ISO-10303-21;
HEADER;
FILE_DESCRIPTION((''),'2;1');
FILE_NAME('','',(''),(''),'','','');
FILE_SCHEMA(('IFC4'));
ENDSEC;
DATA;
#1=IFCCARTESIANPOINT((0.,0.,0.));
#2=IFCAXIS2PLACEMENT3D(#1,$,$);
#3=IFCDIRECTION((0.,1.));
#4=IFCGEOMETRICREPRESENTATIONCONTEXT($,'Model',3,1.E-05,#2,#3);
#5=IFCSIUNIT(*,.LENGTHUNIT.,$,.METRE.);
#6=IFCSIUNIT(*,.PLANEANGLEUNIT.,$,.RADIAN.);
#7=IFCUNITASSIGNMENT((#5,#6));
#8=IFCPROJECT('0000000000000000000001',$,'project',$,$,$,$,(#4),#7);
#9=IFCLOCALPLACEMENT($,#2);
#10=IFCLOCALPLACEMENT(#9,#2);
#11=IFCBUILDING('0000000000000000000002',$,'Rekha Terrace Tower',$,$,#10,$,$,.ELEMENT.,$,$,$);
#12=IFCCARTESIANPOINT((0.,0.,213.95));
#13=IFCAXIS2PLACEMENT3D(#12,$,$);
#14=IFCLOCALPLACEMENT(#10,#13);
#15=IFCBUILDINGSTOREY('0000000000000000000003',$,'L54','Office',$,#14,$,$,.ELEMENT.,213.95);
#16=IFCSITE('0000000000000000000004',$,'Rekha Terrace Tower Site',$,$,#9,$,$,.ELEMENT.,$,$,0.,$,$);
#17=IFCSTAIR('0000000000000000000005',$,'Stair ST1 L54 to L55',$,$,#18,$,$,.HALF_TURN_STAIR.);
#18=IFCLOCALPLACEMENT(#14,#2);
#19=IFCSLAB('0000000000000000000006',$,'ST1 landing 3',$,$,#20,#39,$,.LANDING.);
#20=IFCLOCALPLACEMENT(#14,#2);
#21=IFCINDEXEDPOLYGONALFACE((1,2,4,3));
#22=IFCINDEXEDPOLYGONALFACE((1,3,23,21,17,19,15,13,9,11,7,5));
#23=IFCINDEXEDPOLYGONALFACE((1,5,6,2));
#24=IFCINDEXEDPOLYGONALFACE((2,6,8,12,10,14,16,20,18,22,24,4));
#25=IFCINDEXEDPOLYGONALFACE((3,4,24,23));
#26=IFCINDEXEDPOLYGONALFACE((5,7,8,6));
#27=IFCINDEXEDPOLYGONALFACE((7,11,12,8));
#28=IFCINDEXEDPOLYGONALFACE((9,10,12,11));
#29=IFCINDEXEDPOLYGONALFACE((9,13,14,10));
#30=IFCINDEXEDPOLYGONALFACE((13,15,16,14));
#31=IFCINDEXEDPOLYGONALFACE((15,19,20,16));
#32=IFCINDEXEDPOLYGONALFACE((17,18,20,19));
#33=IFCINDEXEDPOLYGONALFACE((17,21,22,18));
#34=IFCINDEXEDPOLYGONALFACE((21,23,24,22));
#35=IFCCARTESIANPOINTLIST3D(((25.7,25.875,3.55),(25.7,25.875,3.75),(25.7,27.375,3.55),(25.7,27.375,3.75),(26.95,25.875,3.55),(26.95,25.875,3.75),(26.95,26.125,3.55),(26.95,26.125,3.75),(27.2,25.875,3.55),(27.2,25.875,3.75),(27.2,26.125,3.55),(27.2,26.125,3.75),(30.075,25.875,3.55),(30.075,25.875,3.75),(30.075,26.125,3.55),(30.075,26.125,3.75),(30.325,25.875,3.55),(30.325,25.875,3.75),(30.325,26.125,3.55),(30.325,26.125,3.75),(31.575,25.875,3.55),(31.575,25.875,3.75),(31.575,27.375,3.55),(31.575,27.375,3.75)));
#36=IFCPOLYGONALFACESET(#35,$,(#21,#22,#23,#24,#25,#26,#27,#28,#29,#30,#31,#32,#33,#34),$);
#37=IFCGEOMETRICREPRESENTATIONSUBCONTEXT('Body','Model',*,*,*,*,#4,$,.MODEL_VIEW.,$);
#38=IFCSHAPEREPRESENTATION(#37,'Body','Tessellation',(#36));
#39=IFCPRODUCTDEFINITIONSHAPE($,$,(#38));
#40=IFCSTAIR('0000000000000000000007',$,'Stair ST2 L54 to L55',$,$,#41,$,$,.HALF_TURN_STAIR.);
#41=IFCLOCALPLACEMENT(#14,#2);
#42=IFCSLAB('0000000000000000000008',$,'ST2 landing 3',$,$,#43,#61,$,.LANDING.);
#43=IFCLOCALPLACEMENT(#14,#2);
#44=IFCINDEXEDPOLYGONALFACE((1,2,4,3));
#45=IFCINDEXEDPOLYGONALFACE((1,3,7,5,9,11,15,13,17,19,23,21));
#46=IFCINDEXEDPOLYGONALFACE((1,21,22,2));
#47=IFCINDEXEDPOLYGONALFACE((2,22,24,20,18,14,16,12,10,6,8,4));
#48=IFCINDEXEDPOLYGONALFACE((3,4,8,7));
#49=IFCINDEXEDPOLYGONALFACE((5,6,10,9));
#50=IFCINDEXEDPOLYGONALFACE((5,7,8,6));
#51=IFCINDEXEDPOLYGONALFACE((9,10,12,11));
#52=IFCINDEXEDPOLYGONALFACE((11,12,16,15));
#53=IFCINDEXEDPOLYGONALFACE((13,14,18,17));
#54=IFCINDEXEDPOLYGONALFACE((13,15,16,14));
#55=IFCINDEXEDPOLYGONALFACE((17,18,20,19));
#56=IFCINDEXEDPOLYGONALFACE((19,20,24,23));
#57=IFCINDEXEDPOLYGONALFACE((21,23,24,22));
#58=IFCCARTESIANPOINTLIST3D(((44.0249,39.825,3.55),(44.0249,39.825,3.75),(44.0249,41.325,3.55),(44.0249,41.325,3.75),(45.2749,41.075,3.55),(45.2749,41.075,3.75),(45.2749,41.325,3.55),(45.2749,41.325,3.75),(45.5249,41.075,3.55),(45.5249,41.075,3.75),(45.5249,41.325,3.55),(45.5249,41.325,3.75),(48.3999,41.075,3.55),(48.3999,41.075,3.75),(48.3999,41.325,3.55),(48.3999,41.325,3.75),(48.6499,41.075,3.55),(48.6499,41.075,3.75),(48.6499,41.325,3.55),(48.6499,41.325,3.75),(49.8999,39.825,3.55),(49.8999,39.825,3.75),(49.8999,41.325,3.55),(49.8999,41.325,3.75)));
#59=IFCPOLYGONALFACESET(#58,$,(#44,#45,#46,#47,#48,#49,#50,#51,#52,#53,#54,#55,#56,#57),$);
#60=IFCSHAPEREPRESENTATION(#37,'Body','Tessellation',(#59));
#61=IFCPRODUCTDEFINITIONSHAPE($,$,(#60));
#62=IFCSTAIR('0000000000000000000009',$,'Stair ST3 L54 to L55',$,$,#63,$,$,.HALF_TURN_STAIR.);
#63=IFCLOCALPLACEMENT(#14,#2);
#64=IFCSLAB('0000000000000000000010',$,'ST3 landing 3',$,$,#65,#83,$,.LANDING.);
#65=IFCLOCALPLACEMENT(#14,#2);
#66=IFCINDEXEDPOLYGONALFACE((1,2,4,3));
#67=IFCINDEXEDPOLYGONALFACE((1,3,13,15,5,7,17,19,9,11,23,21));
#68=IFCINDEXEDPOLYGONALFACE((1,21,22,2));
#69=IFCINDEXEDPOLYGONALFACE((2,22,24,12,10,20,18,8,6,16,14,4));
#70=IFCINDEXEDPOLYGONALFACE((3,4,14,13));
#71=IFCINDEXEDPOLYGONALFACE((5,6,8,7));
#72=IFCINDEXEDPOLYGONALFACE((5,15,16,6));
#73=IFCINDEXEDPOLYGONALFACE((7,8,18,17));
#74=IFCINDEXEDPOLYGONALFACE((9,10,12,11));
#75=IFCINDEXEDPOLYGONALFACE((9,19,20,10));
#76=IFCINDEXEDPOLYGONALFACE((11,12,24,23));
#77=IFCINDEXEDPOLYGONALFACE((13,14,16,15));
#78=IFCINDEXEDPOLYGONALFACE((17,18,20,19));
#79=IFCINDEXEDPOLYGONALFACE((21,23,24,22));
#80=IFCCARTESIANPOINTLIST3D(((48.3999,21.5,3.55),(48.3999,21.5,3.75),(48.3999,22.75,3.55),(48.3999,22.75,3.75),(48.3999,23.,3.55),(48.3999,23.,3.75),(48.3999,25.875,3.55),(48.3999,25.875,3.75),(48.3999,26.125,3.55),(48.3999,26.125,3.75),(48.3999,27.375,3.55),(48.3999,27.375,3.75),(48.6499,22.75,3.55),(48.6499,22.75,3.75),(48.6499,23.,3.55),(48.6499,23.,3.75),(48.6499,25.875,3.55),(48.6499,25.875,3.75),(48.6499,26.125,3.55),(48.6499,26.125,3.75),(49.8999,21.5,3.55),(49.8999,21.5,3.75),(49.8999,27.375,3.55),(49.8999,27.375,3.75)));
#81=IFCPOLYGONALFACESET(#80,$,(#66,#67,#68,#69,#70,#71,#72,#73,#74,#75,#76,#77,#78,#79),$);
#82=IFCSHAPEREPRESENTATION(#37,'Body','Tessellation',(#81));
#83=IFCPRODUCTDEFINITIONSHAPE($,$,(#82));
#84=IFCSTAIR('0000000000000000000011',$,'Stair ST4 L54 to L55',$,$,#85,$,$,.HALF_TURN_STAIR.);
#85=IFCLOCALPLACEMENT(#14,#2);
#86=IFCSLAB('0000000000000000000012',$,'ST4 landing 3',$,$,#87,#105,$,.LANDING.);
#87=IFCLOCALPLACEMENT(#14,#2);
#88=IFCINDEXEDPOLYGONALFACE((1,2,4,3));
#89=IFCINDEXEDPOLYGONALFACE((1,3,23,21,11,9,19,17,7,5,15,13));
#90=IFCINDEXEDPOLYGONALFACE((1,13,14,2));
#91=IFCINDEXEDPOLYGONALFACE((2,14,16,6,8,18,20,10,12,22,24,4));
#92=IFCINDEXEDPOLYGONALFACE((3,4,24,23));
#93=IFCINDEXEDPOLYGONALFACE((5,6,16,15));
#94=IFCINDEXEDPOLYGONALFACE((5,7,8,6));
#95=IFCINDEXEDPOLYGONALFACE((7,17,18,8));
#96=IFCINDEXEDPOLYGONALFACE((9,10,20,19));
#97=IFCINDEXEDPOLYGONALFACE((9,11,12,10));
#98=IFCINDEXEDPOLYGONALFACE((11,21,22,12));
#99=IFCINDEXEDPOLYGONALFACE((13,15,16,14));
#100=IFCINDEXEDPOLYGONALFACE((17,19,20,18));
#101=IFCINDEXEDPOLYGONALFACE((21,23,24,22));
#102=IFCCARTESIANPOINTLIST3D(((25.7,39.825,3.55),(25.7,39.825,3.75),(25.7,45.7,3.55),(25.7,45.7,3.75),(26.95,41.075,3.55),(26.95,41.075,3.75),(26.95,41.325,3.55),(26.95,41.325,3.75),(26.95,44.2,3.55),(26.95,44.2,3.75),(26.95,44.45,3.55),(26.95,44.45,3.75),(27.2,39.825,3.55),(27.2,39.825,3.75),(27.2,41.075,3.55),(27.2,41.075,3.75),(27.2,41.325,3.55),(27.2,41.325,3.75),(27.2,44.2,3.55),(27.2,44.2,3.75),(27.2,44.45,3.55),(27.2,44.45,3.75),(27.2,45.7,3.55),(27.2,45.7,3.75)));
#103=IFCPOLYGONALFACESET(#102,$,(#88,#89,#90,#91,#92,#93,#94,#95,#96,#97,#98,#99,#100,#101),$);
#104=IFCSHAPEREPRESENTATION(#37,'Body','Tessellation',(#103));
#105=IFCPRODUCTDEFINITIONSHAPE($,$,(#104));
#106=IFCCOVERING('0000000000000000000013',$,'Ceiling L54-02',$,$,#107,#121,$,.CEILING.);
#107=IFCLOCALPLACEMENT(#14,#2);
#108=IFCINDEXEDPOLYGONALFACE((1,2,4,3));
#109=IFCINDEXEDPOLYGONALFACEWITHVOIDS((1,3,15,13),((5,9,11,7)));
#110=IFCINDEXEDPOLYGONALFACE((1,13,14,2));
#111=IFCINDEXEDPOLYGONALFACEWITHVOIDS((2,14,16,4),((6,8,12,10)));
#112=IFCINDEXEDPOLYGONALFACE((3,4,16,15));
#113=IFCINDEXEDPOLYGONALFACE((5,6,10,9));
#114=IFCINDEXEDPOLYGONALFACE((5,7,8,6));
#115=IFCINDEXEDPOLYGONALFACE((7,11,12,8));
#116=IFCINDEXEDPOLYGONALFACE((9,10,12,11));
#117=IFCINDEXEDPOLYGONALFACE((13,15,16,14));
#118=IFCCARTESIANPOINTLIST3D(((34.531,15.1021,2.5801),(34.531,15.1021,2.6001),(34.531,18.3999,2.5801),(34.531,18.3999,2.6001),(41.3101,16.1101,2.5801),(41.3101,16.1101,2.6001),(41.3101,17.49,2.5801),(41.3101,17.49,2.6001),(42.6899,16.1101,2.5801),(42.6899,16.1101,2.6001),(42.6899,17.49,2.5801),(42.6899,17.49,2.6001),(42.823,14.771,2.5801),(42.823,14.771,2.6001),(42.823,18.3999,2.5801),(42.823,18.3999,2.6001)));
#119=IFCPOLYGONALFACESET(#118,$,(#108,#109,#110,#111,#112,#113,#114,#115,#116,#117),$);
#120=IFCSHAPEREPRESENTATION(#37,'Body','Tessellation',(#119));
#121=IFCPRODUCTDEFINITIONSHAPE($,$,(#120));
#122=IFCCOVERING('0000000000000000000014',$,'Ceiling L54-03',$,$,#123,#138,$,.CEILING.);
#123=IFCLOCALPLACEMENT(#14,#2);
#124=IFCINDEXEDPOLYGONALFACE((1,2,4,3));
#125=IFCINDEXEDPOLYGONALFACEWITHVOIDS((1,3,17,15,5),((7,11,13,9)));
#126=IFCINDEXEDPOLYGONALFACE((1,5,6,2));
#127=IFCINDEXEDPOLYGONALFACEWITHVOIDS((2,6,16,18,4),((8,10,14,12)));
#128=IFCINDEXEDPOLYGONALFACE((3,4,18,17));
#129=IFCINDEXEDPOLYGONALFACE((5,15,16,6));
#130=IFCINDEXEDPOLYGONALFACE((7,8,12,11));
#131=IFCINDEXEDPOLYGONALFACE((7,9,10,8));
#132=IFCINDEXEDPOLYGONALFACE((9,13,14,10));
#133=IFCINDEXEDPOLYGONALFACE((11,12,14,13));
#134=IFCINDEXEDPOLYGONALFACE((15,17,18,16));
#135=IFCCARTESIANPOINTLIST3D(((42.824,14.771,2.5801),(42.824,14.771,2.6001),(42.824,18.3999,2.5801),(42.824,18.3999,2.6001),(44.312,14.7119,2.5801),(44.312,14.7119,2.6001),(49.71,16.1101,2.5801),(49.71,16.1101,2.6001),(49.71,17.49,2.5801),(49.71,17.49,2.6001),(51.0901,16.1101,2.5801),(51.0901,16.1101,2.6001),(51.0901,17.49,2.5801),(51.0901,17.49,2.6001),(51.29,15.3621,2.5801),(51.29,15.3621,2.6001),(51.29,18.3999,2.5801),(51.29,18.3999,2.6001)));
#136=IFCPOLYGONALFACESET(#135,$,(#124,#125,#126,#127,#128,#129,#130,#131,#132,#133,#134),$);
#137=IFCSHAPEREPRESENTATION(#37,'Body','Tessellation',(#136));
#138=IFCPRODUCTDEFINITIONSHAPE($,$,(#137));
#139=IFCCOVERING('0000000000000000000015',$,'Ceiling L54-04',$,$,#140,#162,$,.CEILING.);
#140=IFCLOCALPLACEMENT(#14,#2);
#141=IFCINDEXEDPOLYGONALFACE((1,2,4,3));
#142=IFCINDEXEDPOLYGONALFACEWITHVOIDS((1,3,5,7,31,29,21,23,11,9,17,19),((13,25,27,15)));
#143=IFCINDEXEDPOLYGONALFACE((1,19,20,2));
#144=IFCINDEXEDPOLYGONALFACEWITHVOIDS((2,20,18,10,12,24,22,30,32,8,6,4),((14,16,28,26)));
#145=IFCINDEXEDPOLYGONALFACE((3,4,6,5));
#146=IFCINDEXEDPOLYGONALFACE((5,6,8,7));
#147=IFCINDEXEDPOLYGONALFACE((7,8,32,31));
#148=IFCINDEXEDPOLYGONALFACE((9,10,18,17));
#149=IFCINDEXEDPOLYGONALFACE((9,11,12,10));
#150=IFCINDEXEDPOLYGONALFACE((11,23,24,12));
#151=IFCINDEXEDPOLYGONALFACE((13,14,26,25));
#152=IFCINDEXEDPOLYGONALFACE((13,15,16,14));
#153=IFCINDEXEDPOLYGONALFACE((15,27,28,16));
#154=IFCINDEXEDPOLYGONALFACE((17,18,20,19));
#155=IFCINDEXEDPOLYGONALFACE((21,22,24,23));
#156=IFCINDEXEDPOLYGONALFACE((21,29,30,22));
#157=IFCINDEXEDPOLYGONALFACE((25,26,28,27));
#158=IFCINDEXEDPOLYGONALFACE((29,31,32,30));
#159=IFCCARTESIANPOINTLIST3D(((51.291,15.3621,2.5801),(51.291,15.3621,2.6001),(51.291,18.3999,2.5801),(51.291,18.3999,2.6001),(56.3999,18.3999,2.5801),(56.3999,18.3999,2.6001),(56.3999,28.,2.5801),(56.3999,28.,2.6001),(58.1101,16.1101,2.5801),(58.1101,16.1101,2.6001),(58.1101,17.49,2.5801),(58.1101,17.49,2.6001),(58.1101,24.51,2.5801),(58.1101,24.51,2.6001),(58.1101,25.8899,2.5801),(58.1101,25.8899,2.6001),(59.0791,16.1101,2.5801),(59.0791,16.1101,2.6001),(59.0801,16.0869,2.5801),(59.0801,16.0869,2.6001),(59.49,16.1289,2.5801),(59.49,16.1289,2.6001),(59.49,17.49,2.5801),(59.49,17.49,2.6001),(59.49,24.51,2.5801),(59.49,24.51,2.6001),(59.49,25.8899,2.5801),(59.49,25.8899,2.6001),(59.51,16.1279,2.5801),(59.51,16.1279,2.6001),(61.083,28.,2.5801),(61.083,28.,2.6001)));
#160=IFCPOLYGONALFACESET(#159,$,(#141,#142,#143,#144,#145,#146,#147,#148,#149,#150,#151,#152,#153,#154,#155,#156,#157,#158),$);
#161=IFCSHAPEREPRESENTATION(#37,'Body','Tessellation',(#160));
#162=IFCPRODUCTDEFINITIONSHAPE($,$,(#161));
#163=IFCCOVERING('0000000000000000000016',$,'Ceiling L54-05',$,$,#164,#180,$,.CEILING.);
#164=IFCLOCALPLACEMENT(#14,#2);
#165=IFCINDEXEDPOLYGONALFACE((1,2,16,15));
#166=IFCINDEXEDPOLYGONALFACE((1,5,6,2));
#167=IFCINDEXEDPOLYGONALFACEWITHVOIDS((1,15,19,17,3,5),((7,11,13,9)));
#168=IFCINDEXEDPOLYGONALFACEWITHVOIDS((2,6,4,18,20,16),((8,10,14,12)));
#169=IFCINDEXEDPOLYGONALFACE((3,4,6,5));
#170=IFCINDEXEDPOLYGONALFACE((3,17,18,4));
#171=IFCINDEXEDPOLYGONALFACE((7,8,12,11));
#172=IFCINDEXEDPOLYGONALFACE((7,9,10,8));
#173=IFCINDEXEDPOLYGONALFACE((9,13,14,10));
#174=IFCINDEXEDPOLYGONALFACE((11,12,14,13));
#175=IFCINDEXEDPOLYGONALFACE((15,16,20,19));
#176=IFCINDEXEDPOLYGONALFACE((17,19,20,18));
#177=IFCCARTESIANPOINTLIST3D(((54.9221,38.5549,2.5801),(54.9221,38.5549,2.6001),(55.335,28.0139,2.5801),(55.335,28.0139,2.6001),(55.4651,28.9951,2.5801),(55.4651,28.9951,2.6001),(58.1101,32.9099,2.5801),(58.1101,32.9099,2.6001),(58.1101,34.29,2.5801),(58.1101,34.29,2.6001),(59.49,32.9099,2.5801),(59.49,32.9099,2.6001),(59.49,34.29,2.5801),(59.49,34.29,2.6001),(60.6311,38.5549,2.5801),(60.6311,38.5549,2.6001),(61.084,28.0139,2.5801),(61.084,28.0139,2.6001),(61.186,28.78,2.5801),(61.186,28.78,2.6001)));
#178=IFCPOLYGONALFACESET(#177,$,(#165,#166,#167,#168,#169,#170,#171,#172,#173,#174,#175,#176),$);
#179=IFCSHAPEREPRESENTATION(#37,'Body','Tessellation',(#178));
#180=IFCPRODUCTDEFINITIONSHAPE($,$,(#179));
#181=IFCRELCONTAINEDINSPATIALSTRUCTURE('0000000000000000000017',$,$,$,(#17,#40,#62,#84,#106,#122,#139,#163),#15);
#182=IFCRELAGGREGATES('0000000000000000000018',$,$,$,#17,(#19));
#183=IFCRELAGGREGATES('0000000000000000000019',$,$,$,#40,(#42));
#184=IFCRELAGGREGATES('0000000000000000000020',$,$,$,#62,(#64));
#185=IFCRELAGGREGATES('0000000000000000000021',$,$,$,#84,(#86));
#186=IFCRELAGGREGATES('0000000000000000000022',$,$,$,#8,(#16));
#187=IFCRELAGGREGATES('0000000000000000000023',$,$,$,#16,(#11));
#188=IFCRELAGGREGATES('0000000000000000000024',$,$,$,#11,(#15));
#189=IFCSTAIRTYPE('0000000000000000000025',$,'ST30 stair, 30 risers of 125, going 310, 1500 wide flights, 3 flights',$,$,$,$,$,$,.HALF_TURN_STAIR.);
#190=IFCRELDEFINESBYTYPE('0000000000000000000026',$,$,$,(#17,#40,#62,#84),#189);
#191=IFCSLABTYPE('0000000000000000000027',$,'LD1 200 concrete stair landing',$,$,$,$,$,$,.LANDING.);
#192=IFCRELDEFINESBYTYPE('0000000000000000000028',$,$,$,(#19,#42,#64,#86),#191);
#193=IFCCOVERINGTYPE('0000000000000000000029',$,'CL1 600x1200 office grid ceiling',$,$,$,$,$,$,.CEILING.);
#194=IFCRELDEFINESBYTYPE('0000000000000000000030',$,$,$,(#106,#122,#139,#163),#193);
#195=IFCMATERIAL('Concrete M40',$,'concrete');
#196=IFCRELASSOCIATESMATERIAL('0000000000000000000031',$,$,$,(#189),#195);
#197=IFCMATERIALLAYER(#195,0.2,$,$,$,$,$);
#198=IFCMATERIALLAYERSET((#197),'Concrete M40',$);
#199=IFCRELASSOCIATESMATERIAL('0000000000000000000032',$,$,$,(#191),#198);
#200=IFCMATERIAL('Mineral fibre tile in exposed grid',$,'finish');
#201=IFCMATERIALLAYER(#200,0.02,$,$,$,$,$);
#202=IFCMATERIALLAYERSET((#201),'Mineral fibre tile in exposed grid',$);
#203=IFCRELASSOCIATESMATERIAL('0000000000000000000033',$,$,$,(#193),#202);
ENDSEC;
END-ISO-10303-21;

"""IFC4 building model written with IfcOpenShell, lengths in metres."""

from ifc_helpers import new_model, si_unit, direction, frame, origin, place, context, subcontext, project, spatial, polyline, outline, extrude, material, layer, layer_set, type_object, element, aggregate, save


model = new_model("IFC4")

# Units and contexts
model_context = context("Model", 3, precision=1e-05, world=origin(), true_north=direction((0.0, 1.0)))
body_context = subcontext(model_context, "Body", "Model", "MODEL_VIEW")
ifc_project = project(units=[si_unit("LENGTHUNIT", "METRE"), si_unit("PLANEANGLEUNIT", "RADIAN")], contexts=[model_context])

# Site, building, storey
site_placement = place(None, origin())
site = spatial("IfcSite", under=ifc_project, at=site_placement, Name="Rekha Terrace Tower Site", CompositionType="ELEMENT", RefElevation=0.0)
building_placement = place(site_placement, origin())
building = spatial("IfcBuilding", under=site, at=building_placement, Name="Rekha Terrace Tower", CompositionType="ELEMENT")
storey_placement = place(building_placement, frame((0.0, 0.0, 213.95)))
storey = spatial("IfcBuildingStorey", under=building, at=storey_placement, Name="L54", Description="Office", CompositionType="ELEMENT", Elevation=213.95)

# Stairs, slabs
ifc_material_1 = material(Name="Concrete M40", Category="concrete")
stair_type = type_object("IfcStairType", Name="ST30 stair, 30 risers of 125, going 310, 1500 wide flights, 3 flights", PredefinedType="HALF_TURN_STAIR", material=ifc_material_1)
stair_1_placement = place(storey_placement, origin())
stair_1 = element("IfcStair", 1, at=stair_1_placement, inside=storey, type_object=stair_type, Name="Stair ST1 L54 to L55", PredefinedType="HALF_TURN_STAIR")
ifc_layer_1 = layer(ifc_material_1, 0.2)
ifc_layer_set_1 = layer_set([ifc_layer_1], Name="Concrete M40")
slab_type = type_object("IfcSlabType", Name="LD1 200 concrete stair landing", PredefinedType="LANDING", material=ifc_layer_set_1)
slab_1_placement = place(storey_placement, frame((0.0, 0.0, 3.55)))
slab_1 = element("IfcSlab", 2, at=slab_1_placement, type_object=slab_type, Name="ST1 landing 3", PredefinedType="LANDING", context=body_context, shape_type="SweptSolid", body=[
    extrude(outline(polyline([(31.575, 25.875), (31.575, 27.375), (25.7, 27.375), (25.7, 25.875), (26.95, 25.875), (26.95, 26.125), (27.2, 26.125), (27.2, 25.875), (30.075, 25.875), (30.075, 26.125), (30.325, 26.125), (30.325, 25.875), (31.575, 25.875)])), origin(), (0.0, 0.0, 1.0), 0.2),
])
aggregate(stair_1, [slab_1])
stair_2_placement = place(storey_placement, origin())
stair_2 = element("IfcStair", 3, at=stair_2_placement, inside=storey, type_object=stair_type, Name="Stair ST2 L54 to L55", PredefinedType="HALF_TURN_STAIR")
slab_2_placement = place(storey_placement, frame((0.0, 0.0, 3.55)))
slab_2 = element("IfcSlab", 4, at=slab_2_placement, type_object=slab_type, Name="ST2 landing 3", PredefinedType="LANDING", context=body_context, shape_type="SweptSolid", body=[
    extrude(outline(polyline([(44.0249, 41.325), (44.0249, 39.825), (49.8999, 39.825), (49.8999, 41.325), (48.6499, 41.325), (48.6499, 41.075), (48.3999, 41.075), (48.3999, 41.325), (45.5249, 41.325), (45.5249, 41.075), (45.2749, 41.075), (45.2749, 41.325), (44.0249, 41.325)])), origin(), (0.0, 0.0, 1.0), 0.2),
])
aggregate(stair_2, [slab_2])
stair_3_placement = place(storey_placement, origin())
stair_3 = element("IfcStair", 5, at=stair_3_placement, inside=storey, type_object=stair_type, Name="Stair ST3 L54 to L55", PredefinedType="HALF_TURN_STAIR")
slab_3_placement = place(storey_placement, frame((0.0, 0.0, 3.55)))
slab_3 = element("IfcSlab", 6, at=slab_3_placement, type_object=slab_type, Name="ST3 landing 3", PredefinedType="LANDING", context=body_context, shape_type="SweptSolid", body=[
    extrude(outline(polyline([(48.3999, 21.5), (49.8999, 21.5), (49.8999, 27.375), (48.3999, 27.375), (48.3999, 26.125), (48.6499, 26.125), (48.6499, 25.875), (48.3999, 25.875), (48.3999, 23.0), (48.6499, 23.0), (48.6499, 22.75), (48.3999, 22.75), (48.3999, 21.5)])), origin(), (0.0, 0.0, 1.0), 0.2),
])
aggregate(stair_3, [slab_3])
stair_4_placement = place(storey_placement, origin())
stair_4 = element("IfcStair", 7, at=stair_4_placement, inside=storey, type_object=stair_type, Name="Stair ST4 L54 to L55", PredefinedType="HALF_TURN_STAIR")
slab_4_placement = place(storey_placement, frame((0.0, 0.0, 3.55)))
slab_4 = element("IfcSlab", 8, at=slab_4_placement, type_object=slab_type, Name="ST4 landing 3", PredefinedType="LANDING", context=body_context, shape_type="SweptSolid", body=[
    extrude(outline(polyline([(27.2, 39.825), (25.7, 39.825), (25.7, 45.7), (27.2, 45.7), (27.2, 44.45), (26.95, 44.45), (26.95, 44.2), (27.2, 44.2), (27.2, 41.325), (26.95, 41.325), (26.95, 41.075), (27.2, 41.075), (27.2, 39.825)])), origin(), (0.0, 0.0, 1.0), 0.2),
])
aggregate(stair_4, [slab_4])

# Coverings
ifc_material_2 = material(Name="Mineral fibre tile in exposed grid", Category="finish")
ifc_layer_2 = layer(ifc_material_2, 0.02)
ifc_layer_set_2 = layer_set([ifc_layer_2], Name="Mineral fibre tile in exposed grid")
covering_type_1 = type_object("IfcCoveringType", Name="CL1 600x1200 office grid ceiling", PredefinedType="CEILING", material=ifc_layer_set_2)
covering_1_placement = place(storey_placement, frame((0.0, 0.0, 2.5801)))
element("IfcCovering", 9, at=covering_1_placement, inside=storey, type_object=covering_type_1, Name="Ceiling L54-02", PredefinedType="CEILING", context=body_context, shape_type="SweptSolid", body=[
    extrude(outline(polyline([(34.531, 18.3999), (34.531, 15.1021), (42.823, 14.771), (42.823, 18.3999), (34.531, 18.3999)]), holes=[polyline([(42.6899, 17.49), (42.6899, 16.1101), (41.3101, 16.1101), (41.3101, 17.49), (42.6899, 17.49)])]), origin(), (0.0, 0.0, 1.0), 0.02),
])
covering_2_placement = place(storey_placement, frame((0.0, 0.0, 2.5801)))
element("IfcCovering", 10, at=covering_2_placement, inside=storey, type_object=covering_type_1, Name="Ceiling L54-03", PredefinedType="CEILING", context=body_context, shape_type="SweptSolid", body=[
    extrude(outline(polyline([(42.824, 14.771), (44.312, 14.7119), (51.29, 15.3621), (51.29, 18.3999), (42.824, 18.3999), (42.824, 14.771)]), holes=[polyline([(51.0901, 16.1101), (49.71, 16.1101), (49.71, 17.49), (51.0901, 17.49), (51.0901, 16.1101)])]), origin(), (0.0, 0.0, 1.0), 0.02),
])
covering_3_placement = place(storey_placement, frame((0.0, 0.0, 2.5801)))
element("IfcCovering", 11, at=covering_3_placement, inside=storey, type_object=covering_type_1, Name="Ceiling L54-04", PredefinedType="CEILING", context=body_context, shape_type="SweptSolid", body=[
    extrude(outline(polyline([(59.49, 16.1289), (59.51, 16.1279), (61.083, 28.0), (56.3999, 28.0), (56.3999, 18.3999), (51.291, 18.3999), (51.291, 15.3621), (59.0801, 16.0869), (59.0791, 16.1101), (58.1101, 16.1101), (58.1101, 17.49), (59.49, 17.49), (59.49, 16.1289)]), holes=[polyline([(59.49, 24.51), (58.1101, 24.51), (58.1101, 25.8899), (59.49, 25.8899), (59.49, 24.51)])]), origin(), (0.0, 0.0, 1.0), 0.02),
])
covering_4_placement = place(storey_placement, frame((0.0, 0.0, 2.5801)))
element("IfcCovering", 12, at=covering_4_placement, inside=storey, type_object=covering_type_1, Name="Ceiling L54-05", PredefinedType="CEILING", context=body_context, shape_type="SweptSolid", body=[
    extrude(outline(polyline([(55.4651, 28.9951), (55.335, 28.0139), (61.084, 28.0139), (61.186, 28.78), (60.6311, 38.5549), (54.9221, 38.5549), (55.4651, 28.9951)]), holes=[polyline([(59.49, 34.29), (59.49, 32.9099), (58.1101, 32.9099), (58.1101, 34.29), (59.49, 34.29)])]), origin(), (0.0, 0.0, 1.0), 0.02),
])

save(model, "model.ifc")
